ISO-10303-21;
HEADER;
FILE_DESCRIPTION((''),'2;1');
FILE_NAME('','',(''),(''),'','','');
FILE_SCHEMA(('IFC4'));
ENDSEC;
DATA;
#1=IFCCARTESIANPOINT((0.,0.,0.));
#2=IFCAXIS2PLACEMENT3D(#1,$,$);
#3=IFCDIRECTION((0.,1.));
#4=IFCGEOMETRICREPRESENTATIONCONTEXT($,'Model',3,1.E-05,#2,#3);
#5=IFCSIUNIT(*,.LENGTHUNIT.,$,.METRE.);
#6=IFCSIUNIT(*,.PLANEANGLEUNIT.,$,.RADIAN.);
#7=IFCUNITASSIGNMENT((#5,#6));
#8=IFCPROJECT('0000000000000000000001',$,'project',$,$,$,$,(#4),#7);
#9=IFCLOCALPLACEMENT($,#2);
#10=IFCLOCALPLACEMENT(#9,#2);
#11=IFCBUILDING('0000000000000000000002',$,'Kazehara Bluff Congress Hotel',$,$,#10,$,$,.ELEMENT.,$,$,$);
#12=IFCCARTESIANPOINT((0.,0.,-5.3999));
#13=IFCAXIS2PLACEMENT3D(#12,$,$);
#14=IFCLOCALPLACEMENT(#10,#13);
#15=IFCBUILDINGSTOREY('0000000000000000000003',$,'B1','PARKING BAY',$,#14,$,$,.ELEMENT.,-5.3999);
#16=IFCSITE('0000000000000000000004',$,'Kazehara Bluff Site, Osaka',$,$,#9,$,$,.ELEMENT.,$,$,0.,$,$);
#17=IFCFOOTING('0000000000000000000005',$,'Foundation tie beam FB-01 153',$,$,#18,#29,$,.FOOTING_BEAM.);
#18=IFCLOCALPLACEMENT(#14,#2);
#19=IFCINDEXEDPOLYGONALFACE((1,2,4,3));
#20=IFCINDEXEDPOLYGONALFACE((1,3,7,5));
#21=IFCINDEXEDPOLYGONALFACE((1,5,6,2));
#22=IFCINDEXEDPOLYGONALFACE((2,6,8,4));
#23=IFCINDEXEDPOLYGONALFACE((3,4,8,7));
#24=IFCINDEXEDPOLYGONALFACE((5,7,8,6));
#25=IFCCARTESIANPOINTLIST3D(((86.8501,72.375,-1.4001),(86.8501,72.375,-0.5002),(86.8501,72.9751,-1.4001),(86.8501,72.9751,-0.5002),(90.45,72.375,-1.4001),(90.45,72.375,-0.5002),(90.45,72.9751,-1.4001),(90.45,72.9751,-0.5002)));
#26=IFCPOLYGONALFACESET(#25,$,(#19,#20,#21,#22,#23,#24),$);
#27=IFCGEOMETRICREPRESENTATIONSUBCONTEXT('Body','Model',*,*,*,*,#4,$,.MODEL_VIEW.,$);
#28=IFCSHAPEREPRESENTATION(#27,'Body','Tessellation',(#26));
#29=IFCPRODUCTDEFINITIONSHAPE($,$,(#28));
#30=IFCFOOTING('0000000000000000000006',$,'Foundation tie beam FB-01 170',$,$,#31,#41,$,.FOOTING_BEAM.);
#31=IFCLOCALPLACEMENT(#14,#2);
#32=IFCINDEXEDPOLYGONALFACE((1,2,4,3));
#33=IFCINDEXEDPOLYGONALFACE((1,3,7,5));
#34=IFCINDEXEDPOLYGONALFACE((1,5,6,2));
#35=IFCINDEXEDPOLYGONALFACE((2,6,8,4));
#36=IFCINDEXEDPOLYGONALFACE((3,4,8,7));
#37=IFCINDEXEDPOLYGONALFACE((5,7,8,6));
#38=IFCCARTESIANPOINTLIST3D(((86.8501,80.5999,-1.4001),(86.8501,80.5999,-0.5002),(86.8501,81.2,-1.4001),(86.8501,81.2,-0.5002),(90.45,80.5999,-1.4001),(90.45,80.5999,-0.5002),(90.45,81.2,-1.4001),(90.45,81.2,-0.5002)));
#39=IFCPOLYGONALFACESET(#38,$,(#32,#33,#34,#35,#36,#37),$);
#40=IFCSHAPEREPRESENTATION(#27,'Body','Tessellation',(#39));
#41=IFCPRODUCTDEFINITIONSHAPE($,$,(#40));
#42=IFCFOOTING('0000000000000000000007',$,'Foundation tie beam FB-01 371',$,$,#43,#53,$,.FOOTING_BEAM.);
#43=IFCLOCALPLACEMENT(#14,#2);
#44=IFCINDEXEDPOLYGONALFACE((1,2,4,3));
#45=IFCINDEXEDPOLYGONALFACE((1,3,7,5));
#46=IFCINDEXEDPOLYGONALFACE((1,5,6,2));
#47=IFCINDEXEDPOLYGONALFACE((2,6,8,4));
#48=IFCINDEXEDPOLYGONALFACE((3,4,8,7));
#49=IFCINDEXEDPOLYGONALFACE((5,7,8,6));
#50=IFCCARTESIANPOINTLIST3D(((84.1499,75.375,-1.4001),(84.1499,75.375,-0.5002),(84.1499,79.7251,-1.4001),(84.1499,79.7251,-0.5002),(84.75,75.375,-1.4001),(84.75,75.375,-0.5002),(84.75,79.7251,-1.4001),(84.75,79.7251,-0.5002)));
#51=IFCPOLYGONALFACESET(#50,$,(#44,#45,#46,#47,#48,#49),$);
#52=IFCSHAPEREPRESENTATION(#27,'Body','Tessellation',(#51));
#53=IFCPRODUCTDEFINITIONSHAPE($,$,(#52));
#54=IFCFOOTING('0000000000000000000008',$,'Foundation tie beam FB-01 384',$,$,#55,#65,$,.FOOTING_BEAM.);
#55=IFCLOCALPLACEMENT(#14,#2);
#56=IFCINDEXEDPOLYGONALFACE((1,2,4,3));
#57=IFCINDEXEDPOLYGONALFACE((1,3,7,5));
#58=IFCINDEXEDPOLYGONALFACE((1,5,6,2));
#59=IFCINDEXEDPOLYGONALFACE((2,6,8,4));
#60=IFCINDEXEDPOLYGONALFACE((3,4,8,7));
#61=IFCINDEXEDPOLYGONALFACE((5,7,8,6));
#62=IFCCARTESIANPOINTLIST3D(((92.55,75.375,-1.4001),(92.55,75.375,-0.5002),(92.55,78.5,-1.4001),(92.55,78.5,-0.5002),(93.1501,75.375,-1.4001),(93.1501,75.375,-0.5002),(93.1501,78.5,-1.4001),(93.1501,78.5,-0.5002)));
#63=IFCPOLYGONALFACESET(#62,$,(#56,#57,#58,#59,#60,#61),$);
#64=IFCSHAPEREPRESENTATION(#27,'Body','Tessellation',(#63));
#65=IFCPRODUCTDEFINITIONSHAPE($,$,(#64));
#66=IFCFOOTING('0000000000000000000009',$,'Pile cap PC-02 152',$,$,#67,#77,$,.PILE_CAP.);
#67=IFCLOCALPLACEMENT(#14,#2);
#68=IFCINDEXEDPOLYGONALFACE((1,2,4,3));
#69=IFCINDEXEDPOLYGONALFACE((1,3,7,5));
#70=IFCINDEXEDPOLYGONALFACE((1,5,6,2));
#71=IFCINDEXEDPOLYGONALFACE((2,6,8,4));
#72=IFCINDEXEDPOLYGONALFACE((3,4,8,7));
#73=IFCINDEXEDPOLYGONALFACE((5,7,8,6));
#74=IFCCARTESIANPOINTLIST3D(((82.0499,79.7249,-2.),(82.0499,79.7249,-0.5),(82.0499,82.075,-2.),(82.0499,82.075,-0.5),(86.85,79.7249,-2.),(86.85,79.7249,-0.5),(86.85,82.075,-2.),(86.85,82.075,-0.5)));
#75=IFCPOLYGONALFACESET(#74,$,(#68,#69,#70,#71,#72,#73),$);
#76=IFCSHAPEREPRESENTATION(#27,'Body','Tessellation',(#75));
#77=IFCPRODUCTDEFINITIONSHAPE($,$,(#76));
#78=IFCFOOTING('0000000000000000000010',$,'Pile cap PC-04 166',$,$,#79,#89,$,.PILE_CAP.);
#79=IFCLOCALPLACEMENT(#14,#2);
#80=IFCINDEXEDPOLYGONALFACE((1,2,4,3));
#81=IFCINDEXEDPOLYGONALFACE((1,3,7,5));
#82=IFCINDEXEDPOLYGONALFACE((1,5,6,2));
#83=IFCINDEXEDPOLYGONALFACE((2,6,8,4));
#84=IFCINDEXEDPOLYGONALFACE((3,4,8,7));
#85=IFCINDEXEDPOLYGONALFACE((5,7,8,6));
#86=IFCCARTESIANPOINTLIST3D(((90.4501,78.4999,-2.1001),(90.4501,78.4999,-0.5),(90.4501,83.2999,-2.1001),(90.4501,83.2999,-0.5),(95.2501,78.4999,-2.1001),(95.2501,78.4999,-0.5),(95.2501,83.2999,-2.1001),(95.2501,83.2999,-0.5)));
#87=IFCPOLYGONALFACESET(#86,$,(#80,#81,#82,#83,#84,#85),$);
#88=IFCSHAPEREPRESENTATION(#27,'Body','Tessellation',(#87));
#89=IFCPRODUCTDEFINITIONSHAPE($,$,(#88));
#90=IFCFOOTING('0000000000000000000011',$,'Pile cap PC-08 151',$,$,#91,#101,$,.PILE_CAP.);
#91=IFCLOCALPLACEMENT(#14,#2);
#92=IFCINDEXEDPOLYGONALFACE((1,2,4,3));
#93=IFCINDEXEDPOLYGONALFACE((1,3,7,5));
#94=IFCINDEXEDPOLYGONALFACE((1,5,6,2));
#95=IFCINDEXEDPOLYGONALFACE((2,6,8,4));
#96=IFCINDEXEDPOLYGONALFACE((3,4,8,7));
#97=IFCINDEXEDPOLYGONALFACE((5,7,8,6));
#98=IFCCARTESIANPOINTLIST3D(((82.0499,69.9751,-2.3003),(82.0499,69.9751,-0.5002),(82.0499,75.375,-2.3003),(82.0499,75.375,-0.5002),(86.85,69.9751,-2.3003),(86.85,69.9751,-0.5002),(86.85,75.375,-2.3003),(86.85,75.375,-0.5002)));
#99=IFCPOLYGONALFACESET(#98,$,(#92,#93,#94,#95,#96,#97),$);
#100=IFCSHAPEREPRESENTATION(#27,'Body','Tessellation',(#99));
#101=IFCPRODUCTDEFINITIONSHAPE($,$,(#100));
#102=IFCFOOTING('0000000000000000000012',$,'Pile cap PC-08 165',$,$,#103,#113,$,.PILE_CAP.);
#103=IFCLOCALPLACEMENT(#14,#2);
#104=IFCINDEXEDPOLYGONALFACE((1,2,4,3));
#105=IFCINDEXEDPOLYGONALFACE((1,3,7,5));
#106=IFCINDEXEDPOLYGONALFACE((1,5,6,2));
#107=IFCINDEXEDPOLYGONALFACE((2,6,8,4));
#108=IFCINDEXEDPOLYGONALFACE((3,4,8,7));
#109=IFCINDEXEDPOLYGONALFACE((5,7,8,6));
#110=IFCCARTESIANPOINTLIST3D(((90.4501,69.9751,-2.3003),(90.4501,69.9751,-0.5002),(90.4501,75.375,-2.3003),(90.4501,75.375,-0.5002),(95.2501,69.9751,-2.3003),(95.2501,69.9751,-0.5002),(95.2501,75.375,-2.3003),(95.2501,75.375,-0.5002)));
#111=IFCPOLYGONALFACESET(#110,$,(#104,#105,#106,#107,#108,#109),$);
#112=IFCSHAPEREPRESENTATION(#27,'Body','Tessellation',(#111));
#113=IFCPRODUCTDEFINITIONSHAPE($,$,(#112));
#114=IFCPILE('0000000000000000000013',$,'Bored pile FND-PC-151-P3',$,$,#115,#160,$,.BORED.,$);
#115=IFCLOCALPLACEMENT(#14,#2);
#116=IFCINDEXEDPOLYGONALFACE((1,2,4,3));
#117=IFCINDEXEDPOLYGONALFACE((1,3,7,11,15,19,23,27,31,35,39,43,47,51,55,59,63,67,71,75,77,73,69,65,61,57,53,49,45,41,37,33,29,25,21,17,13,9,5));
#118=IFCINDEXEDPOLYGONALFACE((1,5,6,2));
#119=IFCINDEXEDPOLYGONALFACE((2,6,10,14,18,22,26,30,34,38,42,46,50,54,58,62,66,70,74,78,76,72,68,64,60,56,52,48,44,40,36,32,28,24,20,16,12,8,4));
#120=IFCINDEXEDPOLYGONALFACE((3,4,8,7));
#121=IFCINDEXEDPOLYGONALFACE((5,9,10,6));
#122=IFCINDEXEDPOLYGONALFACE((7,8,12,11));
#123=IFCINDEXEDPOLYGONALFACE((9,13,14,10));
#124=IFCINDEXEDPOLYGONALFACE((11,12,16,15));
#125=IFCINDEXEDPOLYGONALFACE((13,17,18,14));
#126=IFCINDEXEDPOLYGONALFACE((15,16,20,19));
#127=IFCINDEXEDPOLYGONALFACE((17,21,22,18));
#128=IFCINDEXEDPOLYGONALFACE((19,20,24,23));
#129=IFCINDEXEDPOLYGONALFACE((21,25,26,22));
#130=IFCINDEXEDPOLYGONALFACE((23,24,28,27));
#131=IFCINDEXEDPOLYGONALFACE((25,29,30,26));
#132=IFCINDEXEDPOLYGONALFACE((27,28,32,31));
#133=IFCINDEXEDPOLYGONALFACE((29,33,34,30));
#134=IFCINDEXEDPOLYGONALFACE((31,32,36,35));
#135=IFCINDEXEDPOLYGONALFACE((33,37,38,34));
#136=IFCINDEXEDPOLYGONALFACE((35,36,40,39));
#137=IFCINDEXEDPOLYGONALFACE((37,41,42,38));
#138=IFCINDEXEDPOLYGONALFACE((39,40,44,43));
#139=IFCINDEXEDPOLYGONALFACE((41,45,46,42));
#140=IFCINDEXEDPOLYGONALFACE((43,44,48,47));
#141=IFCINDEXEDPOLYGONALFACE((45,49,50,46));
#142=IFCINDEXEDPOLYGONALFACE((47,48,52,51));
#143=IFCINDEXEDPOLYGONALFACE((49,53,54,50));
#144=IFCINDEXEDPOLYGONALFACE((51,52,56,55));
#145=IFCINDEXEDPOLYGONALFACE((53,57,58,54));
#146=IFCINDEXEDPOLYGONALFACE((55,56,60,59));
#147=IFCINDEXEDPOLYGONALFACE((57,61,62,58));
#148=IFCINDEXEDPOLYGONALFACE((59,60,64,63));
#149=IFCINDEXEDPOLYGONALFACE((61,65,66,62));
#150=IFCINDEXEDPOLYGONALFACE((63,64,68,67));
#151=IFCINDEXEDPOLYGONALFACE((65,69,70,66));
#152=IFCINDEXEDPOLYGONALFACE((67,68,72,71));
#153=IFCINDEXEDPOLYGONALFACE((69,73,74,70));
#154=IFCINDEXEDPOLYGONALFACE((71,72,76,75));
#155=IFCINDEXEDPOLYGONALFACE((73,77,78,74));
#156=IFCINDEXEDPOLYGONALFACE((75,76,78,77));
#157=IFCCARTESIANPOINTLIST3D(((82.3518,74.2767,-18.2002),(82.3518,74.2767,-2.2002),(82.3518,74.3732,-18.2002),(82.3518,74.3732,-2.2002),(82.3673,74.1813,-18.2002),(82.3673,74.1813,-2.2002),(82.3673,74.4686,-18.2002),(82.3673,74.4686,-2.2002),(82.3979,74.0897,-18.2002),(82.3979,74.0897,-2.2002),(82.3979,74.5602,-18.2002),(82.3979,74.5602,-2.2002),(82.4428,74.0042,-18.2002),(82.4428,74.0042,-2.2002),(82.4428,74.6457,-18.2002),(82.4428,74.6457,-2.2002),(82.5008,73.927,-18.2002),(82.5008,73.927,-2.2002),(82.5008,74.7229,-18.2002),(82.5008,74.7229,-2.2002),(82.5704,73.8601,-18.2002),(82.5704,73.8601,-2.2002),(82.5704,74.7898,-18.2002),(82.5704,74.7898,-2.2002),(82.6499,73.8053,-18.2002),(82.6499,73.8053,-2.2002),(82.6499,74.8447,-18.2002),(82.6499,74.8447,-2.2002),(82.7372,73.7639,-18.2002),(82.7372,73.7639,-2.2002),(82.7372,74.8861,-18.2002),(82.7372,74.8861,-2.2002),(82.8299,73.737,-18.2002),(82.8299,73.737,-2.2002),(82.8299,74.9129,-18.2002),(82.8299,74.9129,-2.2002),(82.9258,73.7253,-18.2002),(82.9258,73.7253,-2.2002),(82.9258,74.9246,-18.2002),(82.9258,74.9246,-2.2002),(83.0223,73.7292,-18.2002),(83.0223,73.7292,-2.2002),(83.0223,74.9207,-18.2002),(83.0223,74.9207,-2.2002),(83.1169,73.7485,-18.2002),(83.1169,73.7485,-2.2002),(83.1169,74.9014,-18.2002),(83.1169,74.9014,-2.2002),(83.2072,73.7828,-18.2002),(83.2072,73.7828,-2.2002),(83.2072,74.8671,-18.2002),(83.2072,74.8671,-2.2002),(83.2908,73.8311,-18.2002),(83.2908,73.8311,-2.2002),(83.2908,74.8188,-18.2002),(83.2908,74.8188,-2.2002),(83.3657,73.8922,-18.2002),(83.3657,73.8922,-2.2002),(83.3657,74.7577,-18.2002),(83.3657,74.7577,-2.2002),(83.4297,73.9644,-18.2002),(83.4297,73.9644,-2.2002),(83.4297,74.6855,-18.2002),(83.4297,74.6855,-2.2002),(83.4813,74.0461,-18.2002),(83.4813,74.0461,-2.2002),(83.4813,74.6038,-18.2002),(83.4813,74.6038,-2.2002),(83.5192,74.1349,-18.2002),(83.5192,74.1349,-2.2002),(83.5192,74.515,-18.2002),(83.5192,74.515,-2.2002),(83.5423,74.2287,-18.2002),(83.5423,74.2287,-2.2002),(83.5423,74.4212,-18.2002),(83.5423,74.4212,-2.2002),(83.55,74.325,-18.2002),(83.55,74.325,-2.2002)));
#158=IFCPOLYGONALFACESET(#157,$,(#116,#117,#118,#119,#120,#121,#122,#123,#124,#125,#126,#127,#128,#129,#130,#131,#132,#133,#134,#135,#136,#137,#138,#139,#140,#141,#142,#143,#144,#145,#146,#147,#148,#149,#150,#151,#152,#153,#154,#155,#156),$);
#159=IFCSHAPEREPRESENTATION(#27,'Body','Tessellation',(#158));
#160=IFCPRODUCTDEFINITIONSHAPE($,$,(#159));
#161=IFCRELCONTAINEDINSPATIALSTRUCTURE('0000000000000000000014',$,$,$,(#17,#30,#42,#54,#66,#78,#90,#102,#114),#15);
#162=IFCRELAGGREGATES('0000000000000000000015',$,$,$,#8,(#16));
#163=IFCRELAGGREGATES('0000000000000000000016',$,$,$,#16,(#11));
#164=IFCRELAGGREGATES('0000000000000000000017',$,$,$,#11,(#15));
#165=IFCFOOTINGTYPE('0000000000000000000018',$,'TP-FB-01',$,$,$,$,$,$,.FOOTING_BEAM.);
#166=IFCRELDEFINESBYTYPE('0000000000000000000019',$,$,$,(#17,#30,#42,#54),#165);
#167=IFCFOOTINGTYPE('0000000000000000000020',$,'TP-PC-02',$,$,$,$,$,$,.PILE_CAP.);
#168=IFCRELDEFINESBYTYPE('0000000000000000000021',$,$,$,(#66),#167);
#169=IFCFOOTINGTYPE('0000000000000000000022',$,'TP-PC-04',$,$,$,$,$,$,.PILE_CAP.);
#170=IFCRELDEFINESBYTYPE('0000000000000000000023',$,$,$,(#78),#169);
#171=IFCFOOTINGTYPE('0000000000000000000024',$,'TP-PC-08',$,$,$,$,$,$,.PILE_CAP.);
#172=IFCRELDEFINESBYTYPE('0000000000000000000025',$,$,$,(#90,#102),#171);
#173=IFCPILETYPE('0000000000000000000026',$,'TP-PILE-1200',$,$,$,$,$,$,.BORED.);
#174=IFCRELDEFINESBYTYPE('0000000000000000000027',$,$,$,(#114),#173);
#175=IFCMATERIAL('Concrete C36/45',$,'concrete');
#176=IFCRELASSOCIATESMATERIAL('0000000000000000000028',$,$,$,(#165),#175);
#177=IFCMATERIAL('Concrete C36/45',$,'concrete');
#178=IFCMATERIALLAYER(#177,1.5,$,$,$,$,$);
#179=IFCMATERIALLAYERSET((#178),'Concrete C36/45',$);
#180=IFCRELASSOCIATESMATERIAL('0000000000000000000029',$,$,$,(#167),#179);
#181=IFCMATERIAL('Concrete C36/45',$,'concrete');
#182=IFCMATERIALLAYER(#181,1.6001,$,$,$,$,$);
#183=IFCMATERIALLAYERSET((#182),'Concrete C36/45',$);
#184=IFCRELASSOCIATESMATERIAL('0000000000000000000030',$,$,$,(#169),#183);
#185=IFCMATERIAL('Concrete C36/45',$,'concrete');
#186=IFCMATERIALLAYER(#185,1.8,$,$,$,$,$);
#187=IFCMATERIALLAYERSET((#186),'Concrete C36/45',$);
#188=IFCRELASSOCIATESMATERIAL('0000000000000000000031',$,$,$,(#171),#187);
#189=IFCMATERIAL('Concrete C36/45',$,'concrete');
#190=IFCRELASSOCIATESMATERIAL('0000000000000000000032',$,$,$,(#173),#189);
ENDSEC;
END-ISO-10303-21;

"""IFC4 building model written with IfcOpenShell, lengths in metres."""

from ifc_helpers import new_model, si_unit, direction, frame, origin, origin_2d, place, context, subcontext, project, spatial, rectangle, circle, extrude, material, layer, layer_set, material_profile, profile_set, type_object, element, save


model = new_model("IFC4")

# Units and contexts
model_context = context("Model", 3, precision=1e-05, world=origin(), true_north=direction((0.0, 1.0)))
body_context = subcontext(model_context, "Body", "Model", "MODEL_VIEW")
ifc_project = project(units=[si_unit("LENGTHUNIT", "METRE"), si_unit("PLANEANGLEUNIT", "RADIAN")], contexts=[model_context])

# Site, building, storey
site_placement = place(None, origin())
site = spatial("IfcSite", under=ifc_project, at=site_placement, Name="Kazehara Bluff Site, Osaka", CompositionType="ELEMENT", RefElevation=0.0)
building_placement = place(site_placement, origin())
building = spatial("IfcBuilding", under=site, at=building_placement, Name="Kazehara Bluff Congress Hotel", CompositionType="ELEMENT")
storey_placement = place(building_placement, frame((0.0, 0.0, -5.3999)))
storey = spatial("IfcBuildingStorey", under=building, at=storey_placement, Name="B1", Description="PARKING BAY", CompositionType="ELEMENT", Elevation=-5.3999)

# Footings
ifc_material_1 = material(Name="Concrete C36/45", Category="concrete")
ifc_material_profile_1 = material_profile(ifc_material_1, rectangle(XDim=0.6001, YDim=0.8999, at=origin_2d()))
ifc_profile_set_1 = profile_set([ifc_material_profile_1], Name="Concrete C36/45")
footing_type_1 = type_object("IfcFootingType", Name="TP-FB-01", PredefinedType="FOOTING_BEAM", material=ifc_profile_set_1)
for number, where, z_axis, x_axis, name in (
    (1, (86.8501, 72.675, -0.9502), (1.0, 0.0, 0.0), (0.0, 1.0, 0.0), "Foundation tie beam FB-01 153"),
    (2, (86.8501, 80.8999, -0.9502), (1.0, 0.0, 0.0), (0.0, 1.0, 0.0), "Foundation tie beam FB-01 170"),
):
    element("IfcFooting", number, at=place(storey_placement, frame(where, z_axis=z_axis, x_axis=x_axis)), inside=storey, type_object=footing_type_1, Name=name, PredefinedType="FOOTING_BEAM", context=body_context, shape_type="SweptSolid", body=[
        extrude(rectangle(XDim=0.6001, YDim=0.8999, at=origin_2d()), origin(), (0.0, 0.0, 1.0), 3.5999),
    ])
footing_1_placement = place(storey_placement, frame((84.45, 75.375, -0.9502), z_axis=(0.0, 1.0, 0.0), x_axis=(-1.0, 0.0, 0.0)))
element("IfcFooting", 3, at=footing_1_placement, inside=storey, type_object=footing_type_1, Name="Foundation tie beam FB-01 371", PredefinedType="FOOTING_BEAM", context=body_context, shape_type="SweptSolid", body=[
    extrude(rectangle(XDim=0.6001, YDim=0.8999, at=origin_2d()), origin(), (0.0, 0.0, 1.0), 4.3501),
])
footing_2_placement = place(storey_placement, frame((92.8501, 75.375, -0.9502), z_axis=(0.0, 1.0, 0.0), x_axis=(-1.0, 0.0, 0.0)))
element("IfcFooting", 4, at=footing_2_placement, inside=storey, type_object=footing_type_1, Name="Foundation tie beam FB-01 384", PredefinedType="FOOTING_BEAM", context=body_context, shape_type="SweptSolid", body=[
    extrude(rectangle(XDim=0.6001, YDim=0.8999, at=origin_2d()), origin(), (0.0, 0.0, 1.0), 3.125),
])
ifc_material_2 = material(Name="Concrete C36/45", Category="concrete")
ifc_layer_1 = layer(ifc_material_2, 1.5)
ifc_layer_set_1 = layer_set([ifc_layer_1], Name="Concrete C36/45")
footing_type_2 = type_object("IfcFootingType", Name="TP-PC-02", PredefinedType="PILE_CAP", material=ifc_layer_set_1)
footing_3_placement = place(storey_placement, frame((84.45, 80.8999, -2.0), z_axis=(0.0, 0.0, 1.0), x_axis=(1.0, 0.0, 0.0)))
element("IfcFooting", 5, at=footing_3_placement, inside=storey, type_object=footing_type_2, Name="Pile cap PC-02 152", PredefinedType="PILE_CAP", context=body_context, shape_type="SweptSolid", body=[
    extrude(rectangle(XDim=4.8, YDim=2.3501, at=origin_2d()), origin(), (0.0, 0.0, 1.0), 1.5),
])
ifc_material_3 = material(Name="Concrete C36/45", Category="concrete")
ifc_layer_2 = layer(ifc_material_3, 1.6001)
ifc_layer_set_2 = layer_set([ifc_layer_2], Name="Concrete C36/45")
footing_type_3 = type_object("IfcFootingType", Name="TP-PC-04", PredefinedType="PILE_CAP", material=ifc_layer_set_2)
footing_4_placement = place(storey_placement, frame((92.8501, 80.8999, -2.1001), z_axis=(0.0, 0.0, 1.0), x_axis=(1.0, 0.0, 0.0)))
element("IfcFooting", 6, at=footing_4_placement, inside=storey, type_object=footing_type_3, Name="Pile cap PC-04 166", PredefinedType="PILE_CAP", context=body_context, shape_type="SweptSolid", body=[
    extrude(rectangle(XDim=4.8, YDim=4.8, at=origin_2d()), origin(), (0.0, 0.0, 1.0), 1.6001),
])
ifc_material_4 = material(Name="Concrete C36/45", Category="concrete")
ifc_layer_3 = layer(ifc_material_4, 1.8)
ifc_layer_set_3 = layer_set([ifc_layer_3], Name="Concrete C36/45")
footing_type_4 = type_object("IfcFootingType", Name="TP-PC-08", PredefinedType="PILE_CAP", material=ifc_layer_set_3)
for number, where, z_axis, x_axis, name in (
    (7, (84.45, 72.675, -2.3003), (0.0, 0.0, 1.0), (1.0, 0.0, 0.0), "Pile cap PC-08 151"),
    (8, (92.8501, 72.675, -2.3003), (0.0, 0.0, 1.0), (1.0, 0.0, 0.0), "Pile cap PC-08 165"),
):
    element("IfcFooting", number, at=place(storey_placement, frame(where, z_axis=z_axis, x_axis=x_axis)), inside=storey, type_object=footing_type_4, Name=name, PredefinedType="PILE_CAP", context=body_context, shape_type="SweptSolid", body=[
        extrude(rectangle(XDim=4.8, YDim=5.3999, at=origin_2d()), origin(), (0.0, 0.0, 1.0), 1.8),
    ])

# Pile
ifc_material_5 = material(Name="Concrete C36/45", Category="concrete")
ifc_material_profile_2 = material_profile(ifc_material_5, circle(Radius=0.6001, at=origin_2d()))
ifc_profile_set_2 = profile_set([ifc_material_profile_2], Name="Concrete C36/45")
pile_type = type_object("IfcPileType", Name="TP-PILE-1200", PredefinedType="BORED", material=ifc_profile_set_2)
for number, where, z_axis, x_axis, name in (
    (9, (82.95, 74.325, -2.2002), (0.0, 0.0, -1.0), (1.0, 0.0, 0.0), "Bored pile FND-PC-151-P3"),
):
    element("IfcPile", number, at=place(storey_placement, frame(where, z_axis=z_axis, x_axis=x_axis)), inside=storey, type_object=pile_type, Name=name, PredefinedType="BORED", context=body_context, shape_type="SweptSolid", body=[
        extrude(circle(Radius=0.6001, at=origin_2d()), origin(), (0.0, 0.0, 1.0), 16.0),
    ])

save(model, "model.ifc")
